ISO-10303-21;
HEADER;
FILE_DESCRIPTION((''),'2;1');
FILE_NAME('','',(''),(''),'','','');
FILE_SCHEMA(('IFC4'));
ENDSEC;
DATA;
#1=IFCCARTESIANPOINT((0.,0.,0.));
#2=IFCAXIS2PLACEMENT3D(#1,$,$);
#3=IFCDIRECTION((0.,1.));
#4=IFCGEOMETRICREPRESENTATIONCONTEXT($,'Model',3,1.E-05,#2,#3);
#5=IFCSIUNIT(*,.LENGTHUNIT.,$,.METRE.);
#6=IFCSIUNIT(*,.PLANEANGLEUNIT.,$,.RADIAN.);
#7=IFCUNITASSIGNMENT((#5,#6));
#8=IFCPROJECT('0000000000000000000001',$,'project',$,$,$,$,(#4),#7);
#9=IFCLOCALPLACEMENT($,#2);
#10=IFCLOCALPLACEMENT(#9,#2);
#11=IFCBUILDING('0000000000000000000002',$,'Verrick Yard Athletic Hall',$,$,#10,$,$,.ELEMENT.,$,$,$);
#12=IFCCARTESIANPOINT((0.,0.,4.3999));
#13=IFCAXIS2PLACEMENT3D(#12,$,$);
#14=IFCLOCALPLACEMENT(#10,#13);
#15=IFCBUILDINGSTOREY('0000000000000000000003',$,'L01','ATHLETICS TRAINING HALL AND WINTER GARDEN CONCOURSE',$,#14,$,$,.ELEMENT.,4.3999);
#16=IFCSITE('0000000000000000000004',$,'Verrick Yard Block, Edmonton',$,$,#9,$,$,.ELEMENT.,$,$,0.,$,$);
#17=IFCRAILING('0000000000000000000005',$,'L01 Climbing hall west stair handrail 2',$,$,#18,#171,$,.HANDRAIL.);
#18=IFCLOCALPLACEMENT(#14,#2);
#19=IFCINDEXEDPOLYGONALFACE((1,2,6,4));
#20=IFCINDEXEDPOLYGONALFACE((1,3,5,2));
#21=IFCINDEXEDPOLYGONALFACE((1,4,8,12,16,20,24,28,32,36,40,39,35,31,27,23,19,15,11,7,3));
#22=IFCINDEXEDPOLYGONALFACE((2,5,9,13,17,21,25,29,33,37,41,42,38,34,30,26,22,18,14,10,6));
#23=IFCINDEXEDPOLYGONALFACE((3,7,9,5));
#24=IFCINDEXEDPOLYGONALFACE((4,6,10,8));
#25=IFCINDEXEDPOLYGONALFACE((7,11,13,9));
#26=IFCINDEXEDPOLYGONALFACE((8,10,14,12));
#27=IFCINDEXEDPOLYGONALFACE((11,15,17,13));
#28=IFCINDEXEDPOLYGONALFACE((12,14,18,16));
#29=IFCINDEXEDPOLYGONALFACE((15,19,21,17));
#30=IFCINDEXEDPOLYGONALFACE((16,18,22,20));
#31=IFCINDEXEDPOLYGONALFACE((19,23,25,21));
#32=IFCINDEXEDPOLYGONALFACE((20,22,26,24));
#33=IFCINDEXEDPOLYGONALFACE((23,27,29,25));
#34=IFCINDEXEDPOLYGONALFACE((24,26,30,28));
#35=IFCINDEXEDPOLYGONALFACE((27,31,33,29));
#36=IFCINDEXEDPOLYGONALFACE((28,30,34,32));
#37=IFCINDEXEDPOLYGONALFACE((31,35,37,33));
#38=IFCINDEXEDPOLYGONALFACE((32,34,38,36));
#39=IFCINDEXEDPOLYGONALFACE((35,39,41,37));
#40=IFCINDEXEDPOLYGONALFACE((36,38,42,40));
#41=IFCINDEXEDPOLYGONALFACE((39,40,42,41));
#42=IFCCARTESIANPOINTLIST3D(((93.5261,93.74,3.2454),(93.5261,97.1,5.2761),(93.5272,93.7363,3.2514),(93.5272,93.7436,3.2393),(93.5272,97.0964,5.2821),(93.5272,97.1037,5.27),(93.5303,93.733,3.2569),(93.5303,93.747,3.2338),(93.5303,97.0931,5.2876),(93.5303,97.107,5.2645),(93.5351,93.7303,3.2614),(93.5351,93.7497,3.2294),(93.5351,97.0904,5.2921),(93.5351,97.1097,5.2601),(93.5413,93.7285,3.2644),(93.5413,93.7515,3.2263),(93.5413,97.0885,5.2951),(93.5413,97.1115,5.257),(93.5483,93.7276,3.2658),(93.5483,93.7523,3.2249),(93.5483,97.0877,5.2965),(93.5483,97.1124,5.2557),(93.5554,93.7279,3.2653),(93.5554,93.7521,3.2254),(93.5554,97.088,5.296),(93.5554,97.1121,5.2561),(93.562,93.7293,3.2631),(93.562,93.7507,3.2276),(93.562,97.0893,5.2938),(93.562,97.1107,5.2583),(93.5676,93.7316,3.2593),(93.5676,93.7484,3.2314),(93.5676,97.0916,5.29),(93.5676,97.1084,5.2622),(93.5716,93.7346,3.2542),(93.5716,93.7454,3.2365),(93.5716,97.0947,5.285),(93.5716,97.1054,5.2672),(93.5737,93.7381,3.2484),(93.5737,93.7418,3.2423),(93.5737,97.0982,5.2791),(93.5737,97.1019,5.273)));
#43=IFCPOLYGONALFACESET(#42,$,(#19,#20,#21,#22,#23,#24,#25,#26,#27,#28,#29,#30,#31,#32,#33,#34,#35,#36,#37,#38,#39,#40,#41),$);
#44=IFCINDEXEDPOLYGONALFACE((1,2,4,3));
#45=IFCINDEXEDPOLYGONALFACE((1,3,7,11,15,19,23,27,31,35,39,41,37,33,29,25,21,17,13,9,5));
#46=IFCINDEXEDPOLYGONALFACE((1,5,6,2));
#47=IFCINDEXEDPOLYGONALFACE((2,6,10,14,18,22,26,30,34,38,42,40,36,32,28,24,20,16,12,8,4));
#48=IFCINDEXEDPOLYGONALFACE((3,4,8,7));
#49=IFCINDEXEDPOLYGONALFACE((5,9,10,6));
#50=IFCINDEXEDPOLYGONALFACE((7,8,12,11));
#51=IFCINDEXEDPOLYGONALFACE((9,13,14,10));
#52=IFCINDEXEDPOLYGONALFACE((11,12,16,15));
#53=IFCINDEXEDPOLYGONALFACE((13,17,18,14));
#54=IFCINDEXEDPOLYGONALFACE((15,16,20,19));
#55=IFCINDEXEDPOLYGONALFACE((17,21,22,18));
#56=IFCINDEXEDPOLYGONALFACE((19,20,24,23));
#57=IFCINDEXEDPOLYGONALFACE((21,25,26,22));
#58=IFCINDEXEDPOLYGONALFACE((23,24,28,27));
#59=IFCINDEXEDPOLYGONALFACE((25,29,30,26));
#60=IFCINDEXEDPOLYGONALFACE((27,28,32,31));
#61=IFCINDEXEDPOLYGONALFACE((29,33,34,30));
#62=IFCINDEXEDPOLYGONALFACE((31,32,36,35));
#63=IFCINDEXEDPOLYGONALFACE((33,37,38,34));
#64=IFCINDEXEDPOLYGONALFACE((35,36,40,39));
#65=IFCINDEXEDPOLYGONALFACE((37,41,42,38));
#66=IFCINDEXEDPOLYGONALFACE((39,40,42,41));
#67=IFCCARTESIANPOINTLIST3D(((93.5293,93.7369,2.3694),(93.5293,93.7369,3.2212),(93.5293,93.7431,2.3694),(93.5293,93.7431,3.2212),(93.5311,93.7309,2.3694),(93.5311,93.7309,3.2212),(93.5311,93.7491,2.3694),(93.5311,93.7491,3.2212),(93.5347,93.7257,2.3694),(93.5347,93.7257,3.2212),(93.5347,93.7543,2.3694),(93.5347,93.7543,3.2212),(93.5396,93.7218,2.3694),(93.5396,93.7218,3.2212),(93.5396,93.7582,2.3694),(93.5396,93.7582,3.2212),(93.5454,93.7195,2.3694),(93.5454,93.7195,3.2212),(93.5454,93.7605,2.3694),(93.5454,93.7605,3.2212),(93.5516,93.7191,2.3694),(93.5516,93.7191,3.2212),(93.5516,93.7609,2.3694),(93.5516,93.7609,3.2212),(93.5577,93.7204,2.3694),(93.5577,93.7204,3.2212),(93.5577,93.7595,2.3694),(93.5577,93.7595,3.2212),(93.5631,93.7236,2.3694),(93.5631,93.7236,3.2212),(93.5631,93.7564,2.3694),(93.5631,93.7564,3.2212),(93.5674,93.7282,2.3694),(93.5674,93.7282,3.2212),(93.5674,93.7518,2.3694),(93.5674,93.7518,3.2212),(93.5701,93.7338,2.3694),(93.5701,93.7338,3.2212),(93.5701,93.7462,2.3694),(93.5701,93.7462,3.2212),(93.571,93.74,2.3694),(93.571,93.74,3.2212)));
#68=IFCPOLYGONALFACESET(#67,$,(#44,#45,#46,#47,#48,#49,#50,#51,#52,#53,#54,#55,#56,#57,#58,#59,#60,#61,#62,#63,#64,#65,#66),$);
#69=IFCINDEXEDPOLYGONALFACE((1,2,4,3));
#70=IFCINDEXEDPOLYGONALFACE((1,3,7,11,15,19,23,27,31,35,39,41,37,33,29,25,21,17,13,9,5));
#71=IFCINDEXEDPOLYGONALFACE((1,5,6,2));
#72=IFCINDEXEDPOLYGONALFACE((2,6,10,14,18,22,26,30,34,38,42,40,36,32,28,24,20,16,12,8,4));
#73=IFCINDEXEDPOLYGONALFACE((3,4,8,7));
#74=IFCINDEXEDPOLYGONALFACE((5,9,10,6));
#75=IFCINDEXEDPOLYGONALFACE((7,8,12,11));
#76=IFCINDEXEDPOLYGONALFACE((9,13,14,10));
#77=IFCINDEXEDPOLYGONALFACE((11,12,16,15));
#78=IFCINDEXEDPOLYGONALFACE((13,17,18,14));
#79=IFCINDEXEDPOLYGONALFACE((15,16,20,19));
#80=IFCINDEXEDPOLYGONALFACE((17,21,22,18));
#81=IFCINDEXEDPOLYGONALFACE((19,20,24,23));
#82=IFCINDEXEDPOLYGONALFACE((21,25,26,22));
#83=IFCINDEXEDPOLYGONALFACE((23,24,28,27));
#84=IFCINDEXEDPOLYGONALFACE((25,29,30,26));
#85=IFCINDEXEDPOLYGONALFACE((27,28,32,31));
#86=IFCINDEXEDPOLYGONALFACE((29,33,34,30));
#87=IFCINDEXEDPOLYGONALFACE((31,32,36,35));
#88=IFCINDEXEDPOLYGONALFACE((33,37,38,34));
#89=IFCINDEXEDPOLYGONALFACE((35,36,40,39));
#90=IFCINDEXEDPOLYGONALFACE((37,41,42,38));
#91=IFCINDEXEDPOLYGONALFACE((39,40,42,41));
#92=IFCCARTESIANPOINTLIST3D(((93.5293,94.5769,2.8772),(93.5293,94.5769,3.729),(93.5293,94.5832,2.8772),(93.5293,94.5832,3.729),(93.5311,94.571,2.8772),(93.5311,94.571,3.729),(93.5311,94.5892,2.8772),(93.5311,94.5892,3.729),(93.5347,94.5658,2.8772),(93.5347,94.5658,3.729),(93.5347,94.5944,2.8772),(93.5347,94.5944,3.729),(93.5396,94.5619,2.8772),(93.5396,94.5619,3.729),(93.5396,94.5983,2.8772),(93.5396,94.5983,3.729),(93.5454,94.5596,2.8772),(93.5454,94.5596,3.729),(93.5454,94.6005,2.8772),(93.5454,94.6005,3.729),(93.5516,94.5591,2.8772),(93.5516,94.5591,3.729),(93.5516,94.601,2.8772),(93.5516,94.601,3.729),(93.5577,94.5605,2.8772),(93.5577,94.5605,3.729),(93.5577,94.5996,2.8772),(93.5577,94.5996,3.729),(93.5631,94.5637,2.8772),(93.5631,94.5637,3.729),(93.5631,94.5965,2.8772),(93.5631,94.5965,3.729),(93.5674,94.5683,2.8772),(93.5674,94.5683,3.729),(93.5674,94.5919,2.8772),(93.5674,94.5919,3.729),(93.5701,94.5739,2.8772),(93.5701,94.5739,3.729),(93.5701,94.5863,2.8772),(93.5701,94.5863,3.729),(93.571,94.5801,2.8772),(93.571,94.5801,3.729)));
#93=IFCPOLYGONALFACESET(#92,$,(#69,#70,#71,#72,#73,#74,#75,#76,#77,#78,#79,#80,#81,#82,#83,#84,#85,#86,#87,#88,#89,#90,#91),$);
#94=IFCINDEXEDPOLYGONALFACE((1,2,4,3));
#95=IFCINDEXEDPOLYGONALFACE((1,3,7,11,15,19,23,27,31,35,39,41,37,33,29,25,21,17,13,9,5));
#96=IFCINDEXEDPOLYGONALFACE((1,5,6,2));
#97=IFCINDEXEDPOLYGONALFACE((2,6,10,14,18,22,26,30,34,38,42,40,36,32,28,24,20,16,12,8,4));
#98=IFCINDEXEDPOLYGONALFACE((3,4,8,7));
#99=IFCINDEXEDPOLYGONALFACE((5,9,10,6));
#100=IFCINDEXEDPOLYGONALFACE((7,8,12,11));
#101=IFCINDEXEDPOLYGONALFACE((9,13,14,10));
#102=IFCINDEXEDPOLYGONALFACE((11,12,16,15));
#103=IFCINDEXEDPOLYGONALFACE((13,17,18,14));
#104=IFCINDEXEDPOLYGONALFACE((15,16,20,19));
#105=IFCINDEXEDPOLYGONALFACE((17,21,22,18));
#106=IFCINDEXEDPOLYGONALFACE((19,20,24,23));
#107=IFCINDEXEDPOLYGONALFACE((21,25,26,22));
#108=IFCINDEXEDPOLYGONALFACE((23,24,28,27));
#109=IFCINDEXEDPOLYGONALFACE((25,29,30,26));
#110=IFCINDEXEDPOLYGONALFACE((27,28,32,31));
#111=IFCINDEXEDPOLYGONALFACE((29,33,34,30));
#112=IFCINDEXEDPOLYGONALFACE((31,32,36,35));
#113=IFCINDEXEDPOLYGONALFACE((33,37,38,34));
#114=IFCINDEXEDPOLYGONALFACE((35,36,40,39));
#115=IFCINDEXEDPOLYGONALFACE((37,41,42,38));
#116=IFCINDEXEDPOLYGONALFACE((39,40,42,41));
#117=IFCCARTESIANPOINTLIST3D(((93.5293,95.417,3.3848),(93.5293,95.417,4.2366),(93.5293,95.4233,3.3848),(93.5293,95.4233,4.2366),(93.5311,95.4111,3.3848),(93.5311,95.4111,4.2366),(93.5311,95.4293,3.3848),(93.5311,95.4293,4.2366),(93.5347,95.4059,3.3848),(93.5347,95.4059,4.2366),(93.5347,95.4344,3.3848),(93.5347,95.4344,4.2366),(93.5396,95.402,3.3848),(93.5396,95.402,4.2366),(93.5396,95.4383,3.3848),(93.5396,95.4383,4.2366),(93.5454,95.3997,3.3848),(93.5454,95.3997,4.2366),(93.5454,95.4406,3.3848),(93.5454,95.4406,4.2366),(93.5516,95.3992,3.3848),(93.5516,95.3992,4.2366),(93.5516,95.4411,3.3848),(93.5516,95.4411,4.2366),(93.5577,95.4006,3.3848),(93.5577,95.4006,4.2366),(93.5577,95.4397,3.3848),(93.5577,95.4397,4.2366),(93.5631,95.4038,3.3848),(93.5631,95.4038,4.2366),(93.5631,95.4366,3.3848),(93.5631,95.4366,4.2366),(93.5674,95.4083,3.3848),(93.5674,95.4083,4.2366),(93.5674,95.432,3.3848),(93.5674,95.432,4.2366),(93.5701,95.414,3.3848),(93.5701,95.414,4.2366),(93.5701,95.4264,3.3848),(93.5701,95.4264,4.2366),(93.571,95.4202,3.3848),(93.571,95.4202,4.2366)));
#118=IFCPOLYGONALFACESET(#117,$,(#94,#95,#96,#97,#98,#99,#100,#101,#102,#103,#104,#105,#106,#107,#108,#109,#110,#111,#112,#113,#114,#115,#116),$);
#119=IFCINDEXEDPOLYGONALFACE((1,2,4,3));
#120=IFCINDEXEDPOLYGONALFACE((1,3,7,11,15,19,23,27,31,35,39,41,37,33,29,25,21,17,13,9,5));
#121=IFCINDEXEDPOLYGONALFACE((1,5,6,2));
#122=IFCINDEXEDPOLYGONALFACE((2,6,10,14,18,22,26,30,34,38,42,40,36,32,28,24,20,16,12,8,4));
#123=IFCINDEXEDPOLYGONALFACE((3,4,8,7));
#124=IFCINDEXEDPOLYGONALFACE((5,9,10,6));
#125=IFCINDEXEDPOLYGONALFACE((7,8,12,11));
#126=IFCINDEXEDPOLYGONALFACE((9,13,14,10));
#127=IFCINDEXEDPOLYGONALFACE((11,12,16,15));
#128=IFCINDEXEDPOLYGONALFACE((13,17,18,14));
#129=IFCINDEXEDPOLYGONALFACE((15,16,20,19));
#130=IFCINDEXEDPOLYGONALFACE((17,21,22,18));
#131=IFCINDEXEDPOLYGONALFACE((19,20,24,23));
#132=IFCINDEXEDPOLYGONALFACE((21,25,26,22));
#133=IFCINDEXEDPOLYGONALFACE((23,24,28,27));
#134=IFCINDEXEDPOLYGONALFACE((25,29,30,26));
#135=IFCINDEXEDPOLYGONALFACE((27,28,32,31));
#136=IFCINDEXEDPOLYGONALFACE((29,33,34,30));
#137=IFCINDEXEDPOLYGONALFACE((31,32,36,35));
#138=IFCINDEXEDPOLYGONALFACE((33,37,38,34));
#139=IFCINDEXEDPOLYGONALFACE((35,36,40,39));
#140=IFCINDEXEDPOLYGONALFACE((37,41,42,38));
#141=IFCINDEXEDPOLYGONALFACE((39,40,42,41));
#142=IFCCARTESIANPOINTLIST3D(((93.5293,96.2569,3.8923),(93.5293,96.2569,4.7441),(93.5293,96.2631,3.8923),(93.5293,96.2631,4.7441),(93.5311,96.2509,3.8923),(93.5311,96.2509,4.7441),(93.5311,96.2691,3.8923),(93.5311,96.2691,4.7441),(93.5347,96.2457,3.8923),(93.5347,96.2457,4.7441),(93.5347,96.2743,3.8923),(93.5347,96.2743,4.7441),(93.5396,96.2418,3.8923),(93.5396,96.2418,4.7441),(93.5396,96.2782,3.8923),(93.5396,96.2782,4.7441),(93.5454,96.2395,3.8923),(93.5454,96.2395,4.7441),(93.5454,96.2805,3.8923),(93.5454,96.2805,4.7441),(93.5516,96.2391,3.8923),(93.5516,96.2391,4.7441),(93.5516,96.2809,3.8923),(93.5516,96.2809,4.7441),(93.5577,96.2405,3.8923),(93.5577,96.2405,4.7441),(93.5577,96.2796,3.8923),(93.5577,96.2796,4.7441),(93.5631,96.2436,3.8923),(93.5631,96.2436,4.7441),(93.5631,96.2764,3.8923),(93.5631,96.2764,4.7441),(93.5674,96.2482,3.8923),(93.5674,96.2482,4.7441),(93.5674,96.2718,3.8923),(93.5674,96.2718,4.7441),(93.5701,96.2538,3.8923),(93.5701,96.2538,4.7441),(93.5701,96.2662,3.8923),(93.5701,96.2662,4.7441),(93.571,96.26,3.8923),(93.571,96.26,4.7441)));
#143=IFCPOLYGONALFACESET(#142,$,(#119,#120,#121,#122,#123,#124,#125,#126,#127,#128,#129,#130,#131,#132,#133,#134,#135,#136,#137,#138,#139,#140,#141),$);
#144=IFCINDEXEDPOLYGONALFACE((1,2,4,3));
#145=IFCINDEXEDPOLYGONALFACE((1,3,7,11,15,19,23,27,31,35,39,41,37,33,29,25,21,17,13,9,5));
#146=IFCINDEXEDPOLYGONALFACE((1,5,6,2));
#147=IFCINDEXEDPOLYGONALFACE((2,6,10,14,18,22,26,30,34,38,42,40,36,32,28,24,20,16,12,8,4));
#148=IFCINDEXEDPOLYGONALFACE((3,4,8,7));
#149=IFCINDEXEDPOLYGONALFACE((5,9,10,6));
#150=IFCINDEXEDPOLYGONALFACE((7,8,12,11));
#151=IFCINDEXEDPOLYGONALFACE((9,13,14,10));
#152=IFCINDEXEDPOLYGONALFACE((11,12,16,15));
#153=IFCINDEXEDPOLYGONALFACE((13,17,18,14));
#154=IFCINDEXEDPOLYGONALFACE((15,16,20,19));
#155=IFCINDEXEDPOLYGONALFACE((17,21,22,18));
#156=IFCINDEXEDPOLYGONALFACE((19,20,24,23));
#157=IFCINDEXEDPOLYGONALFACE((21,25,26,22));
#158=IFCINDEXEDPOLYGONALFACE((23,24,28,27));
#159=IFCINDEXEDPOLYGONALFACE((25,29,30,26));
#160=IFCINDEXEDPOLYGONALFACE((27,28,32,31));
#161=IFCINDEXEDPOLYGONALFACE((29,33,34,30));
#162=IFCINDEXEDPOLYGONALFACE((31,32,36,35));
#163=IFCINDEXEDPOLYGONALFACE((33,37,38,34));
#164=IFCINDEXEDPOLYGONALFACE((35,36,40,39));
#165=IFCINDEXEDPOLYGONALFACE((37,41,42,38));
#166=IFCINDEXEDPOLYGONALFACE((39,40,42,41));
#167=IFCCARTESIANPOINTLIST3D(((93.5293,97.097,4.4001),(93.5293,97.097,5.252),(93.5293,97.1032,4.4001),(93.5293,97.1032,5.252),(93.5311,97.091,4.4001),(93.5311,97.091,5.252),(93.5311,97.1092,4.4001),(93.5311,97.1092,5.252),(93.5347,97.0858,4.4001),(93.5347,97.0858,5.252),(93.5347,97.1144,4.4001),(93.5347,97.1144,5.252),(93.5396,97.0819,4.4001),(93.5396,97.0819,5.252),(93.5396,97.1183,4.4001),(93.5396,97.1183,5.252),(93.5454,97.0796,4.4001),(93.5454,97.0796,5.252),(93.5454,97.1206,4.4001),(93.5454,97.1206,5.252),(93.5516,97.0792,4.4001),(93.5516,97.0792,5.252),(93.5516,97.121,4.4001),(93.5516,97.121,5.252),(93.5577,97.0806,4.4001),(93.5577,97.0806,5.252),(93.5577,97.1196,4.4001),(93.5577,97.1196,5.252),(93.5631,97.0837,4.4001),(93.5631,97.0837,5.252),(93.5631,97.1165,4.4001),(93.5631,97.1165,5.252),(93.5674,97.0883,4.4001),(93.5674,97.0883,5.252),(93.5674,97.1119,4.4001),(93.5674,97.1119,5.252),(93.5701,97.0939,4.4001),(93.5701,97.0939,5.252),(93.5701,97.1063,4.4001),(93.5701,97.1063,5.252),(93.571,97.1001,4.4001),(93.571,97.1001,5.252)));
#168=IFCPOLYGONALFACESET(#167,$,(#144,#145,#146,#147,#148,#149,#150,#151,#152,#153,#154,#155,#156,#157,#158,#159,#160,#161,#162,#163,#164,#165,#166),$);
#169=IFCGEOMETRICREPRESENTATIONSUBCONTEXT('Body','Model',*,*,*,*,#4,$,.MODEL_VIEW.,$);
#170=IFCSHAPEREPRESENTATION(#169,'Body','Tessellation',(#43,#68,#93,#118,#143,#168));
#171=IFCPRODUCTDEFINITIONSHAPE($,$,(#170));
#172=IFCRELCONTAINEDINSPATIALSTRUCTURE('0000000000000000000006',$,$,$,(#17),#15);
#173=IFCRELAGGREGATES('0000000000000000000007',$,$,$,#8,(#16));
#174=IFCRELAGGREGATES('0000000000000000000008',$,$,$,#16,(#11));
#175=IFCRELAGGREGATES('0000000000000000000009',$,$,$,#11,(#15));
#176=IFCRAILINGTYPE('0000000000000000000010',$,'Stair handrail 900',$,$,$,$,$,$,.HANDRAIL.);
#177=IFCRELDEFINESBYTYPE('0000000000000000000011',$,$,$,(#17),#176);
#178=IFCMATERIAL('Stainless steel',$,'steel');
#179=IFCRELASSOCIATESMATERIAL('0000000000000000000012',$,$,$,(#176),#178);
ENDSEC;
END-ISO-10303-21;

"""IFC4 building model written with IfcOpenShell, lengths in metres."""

from ifc_helpers import new_model, si_unit, direction, frame, origin, origin_2d, place, context, subcontext, project, spatial, circle, extrude, material, type_object, element, save


model = new_model("IFC4")

# Units and contexts
model_context = context("Model", 3, precision=1e-05, world=origin(), true_north=direction((0.0, 1.0)))
body_context = subcontext(model_context, "Body", "Model", "MODEL_VIEW")
ifc_project = project(units=[si_unit("LENGTHUNIT", "METRE"), si_unit("PLANEANGLEUNIT", "RADIAN")], contexts=[model_context])

# Site, building, storey
site_placement = place(None, origin())
site = spatial("IfcSite", under=ifc_project, at=site_placement, Name="Verrick Yard Block, Edmonton", CompositionType="ELEMENT", RefElevation=0.0)
building_placement = place(site_placement, origin())
building = spatial("IfcBuilding", under=site, at=building_placement, Name="Verrick Yard Athletic Hall", CompositionType="ELEMENT")
storey_placement = place(building_placement, frame((0.0, 0.0, 4.3999)))
storey = spatial("IfcBuildingStorey", under=building, at=storey_placement, Name="L01", Description="ATHLETICS TRAINING HALL AND WINTER GARDEN CONCOURSE", CompositionType="ELEMENT", Elevation=4.3999)

# Railing
ifc_material_1 = material(Name="Stainless steel", Category="steel")
railing_type_1 = type_object("IfcRailingType", Name="Stair handrail 900", PredefinedType="HANDRAIL", material=ifc_material_1)
for number, where, name in (
    (1, (93.55, 93.74, 2.3694), "L01 Climbing hall west stair handrail 2"),
):
    element("IfcRailing", number, at=place(storey_placement, frame(where)), inside=storey, type_object=railing_type_1, Name=name, PredefinedType="HANDRAIL", context=body_context, shape_type="SweptSolid", body=[
        extrude(circle(Radius=0.0239, at=origin_2d()), frame((0.0, 0.0, 0.876), z_axis=(0.0, 0.855837, 0.517246), x_axis=(-1.0, 0.0, 0.0)), (0.0, 0.0, 1.0), 3.926),
        extrude(circle(Radius=0.021, at=origin_2d()), origin(), (0.0, 0.0, 1.0), 0.8518),
        extrude(circle(Radius=0.021, at=origin_2d()), frame((0.0, 0.8401, 0.5078)), (0.0, 0.0, 1.0), 0.8518),
        extrude(circle(Radius=0.021, at=origin_2d()), frame((0.0, 1.6802, 1.0154)), (0.0, 0.0, 1.0), 0.8518),
        extrude(circle(Radius=0.021, at=origin_2d()), frame((0.0, 2.52, 1.5229)), (0.0, 0.0, 1.0), 0.8518),
        extrude(circle(Radius=0.021, at=origin_2d()), frame((0.0, 3.3601, 2.0308)), (0.0, 0.0, 1.0), 0.8518),
    ])

save(model, "model.ifc")
